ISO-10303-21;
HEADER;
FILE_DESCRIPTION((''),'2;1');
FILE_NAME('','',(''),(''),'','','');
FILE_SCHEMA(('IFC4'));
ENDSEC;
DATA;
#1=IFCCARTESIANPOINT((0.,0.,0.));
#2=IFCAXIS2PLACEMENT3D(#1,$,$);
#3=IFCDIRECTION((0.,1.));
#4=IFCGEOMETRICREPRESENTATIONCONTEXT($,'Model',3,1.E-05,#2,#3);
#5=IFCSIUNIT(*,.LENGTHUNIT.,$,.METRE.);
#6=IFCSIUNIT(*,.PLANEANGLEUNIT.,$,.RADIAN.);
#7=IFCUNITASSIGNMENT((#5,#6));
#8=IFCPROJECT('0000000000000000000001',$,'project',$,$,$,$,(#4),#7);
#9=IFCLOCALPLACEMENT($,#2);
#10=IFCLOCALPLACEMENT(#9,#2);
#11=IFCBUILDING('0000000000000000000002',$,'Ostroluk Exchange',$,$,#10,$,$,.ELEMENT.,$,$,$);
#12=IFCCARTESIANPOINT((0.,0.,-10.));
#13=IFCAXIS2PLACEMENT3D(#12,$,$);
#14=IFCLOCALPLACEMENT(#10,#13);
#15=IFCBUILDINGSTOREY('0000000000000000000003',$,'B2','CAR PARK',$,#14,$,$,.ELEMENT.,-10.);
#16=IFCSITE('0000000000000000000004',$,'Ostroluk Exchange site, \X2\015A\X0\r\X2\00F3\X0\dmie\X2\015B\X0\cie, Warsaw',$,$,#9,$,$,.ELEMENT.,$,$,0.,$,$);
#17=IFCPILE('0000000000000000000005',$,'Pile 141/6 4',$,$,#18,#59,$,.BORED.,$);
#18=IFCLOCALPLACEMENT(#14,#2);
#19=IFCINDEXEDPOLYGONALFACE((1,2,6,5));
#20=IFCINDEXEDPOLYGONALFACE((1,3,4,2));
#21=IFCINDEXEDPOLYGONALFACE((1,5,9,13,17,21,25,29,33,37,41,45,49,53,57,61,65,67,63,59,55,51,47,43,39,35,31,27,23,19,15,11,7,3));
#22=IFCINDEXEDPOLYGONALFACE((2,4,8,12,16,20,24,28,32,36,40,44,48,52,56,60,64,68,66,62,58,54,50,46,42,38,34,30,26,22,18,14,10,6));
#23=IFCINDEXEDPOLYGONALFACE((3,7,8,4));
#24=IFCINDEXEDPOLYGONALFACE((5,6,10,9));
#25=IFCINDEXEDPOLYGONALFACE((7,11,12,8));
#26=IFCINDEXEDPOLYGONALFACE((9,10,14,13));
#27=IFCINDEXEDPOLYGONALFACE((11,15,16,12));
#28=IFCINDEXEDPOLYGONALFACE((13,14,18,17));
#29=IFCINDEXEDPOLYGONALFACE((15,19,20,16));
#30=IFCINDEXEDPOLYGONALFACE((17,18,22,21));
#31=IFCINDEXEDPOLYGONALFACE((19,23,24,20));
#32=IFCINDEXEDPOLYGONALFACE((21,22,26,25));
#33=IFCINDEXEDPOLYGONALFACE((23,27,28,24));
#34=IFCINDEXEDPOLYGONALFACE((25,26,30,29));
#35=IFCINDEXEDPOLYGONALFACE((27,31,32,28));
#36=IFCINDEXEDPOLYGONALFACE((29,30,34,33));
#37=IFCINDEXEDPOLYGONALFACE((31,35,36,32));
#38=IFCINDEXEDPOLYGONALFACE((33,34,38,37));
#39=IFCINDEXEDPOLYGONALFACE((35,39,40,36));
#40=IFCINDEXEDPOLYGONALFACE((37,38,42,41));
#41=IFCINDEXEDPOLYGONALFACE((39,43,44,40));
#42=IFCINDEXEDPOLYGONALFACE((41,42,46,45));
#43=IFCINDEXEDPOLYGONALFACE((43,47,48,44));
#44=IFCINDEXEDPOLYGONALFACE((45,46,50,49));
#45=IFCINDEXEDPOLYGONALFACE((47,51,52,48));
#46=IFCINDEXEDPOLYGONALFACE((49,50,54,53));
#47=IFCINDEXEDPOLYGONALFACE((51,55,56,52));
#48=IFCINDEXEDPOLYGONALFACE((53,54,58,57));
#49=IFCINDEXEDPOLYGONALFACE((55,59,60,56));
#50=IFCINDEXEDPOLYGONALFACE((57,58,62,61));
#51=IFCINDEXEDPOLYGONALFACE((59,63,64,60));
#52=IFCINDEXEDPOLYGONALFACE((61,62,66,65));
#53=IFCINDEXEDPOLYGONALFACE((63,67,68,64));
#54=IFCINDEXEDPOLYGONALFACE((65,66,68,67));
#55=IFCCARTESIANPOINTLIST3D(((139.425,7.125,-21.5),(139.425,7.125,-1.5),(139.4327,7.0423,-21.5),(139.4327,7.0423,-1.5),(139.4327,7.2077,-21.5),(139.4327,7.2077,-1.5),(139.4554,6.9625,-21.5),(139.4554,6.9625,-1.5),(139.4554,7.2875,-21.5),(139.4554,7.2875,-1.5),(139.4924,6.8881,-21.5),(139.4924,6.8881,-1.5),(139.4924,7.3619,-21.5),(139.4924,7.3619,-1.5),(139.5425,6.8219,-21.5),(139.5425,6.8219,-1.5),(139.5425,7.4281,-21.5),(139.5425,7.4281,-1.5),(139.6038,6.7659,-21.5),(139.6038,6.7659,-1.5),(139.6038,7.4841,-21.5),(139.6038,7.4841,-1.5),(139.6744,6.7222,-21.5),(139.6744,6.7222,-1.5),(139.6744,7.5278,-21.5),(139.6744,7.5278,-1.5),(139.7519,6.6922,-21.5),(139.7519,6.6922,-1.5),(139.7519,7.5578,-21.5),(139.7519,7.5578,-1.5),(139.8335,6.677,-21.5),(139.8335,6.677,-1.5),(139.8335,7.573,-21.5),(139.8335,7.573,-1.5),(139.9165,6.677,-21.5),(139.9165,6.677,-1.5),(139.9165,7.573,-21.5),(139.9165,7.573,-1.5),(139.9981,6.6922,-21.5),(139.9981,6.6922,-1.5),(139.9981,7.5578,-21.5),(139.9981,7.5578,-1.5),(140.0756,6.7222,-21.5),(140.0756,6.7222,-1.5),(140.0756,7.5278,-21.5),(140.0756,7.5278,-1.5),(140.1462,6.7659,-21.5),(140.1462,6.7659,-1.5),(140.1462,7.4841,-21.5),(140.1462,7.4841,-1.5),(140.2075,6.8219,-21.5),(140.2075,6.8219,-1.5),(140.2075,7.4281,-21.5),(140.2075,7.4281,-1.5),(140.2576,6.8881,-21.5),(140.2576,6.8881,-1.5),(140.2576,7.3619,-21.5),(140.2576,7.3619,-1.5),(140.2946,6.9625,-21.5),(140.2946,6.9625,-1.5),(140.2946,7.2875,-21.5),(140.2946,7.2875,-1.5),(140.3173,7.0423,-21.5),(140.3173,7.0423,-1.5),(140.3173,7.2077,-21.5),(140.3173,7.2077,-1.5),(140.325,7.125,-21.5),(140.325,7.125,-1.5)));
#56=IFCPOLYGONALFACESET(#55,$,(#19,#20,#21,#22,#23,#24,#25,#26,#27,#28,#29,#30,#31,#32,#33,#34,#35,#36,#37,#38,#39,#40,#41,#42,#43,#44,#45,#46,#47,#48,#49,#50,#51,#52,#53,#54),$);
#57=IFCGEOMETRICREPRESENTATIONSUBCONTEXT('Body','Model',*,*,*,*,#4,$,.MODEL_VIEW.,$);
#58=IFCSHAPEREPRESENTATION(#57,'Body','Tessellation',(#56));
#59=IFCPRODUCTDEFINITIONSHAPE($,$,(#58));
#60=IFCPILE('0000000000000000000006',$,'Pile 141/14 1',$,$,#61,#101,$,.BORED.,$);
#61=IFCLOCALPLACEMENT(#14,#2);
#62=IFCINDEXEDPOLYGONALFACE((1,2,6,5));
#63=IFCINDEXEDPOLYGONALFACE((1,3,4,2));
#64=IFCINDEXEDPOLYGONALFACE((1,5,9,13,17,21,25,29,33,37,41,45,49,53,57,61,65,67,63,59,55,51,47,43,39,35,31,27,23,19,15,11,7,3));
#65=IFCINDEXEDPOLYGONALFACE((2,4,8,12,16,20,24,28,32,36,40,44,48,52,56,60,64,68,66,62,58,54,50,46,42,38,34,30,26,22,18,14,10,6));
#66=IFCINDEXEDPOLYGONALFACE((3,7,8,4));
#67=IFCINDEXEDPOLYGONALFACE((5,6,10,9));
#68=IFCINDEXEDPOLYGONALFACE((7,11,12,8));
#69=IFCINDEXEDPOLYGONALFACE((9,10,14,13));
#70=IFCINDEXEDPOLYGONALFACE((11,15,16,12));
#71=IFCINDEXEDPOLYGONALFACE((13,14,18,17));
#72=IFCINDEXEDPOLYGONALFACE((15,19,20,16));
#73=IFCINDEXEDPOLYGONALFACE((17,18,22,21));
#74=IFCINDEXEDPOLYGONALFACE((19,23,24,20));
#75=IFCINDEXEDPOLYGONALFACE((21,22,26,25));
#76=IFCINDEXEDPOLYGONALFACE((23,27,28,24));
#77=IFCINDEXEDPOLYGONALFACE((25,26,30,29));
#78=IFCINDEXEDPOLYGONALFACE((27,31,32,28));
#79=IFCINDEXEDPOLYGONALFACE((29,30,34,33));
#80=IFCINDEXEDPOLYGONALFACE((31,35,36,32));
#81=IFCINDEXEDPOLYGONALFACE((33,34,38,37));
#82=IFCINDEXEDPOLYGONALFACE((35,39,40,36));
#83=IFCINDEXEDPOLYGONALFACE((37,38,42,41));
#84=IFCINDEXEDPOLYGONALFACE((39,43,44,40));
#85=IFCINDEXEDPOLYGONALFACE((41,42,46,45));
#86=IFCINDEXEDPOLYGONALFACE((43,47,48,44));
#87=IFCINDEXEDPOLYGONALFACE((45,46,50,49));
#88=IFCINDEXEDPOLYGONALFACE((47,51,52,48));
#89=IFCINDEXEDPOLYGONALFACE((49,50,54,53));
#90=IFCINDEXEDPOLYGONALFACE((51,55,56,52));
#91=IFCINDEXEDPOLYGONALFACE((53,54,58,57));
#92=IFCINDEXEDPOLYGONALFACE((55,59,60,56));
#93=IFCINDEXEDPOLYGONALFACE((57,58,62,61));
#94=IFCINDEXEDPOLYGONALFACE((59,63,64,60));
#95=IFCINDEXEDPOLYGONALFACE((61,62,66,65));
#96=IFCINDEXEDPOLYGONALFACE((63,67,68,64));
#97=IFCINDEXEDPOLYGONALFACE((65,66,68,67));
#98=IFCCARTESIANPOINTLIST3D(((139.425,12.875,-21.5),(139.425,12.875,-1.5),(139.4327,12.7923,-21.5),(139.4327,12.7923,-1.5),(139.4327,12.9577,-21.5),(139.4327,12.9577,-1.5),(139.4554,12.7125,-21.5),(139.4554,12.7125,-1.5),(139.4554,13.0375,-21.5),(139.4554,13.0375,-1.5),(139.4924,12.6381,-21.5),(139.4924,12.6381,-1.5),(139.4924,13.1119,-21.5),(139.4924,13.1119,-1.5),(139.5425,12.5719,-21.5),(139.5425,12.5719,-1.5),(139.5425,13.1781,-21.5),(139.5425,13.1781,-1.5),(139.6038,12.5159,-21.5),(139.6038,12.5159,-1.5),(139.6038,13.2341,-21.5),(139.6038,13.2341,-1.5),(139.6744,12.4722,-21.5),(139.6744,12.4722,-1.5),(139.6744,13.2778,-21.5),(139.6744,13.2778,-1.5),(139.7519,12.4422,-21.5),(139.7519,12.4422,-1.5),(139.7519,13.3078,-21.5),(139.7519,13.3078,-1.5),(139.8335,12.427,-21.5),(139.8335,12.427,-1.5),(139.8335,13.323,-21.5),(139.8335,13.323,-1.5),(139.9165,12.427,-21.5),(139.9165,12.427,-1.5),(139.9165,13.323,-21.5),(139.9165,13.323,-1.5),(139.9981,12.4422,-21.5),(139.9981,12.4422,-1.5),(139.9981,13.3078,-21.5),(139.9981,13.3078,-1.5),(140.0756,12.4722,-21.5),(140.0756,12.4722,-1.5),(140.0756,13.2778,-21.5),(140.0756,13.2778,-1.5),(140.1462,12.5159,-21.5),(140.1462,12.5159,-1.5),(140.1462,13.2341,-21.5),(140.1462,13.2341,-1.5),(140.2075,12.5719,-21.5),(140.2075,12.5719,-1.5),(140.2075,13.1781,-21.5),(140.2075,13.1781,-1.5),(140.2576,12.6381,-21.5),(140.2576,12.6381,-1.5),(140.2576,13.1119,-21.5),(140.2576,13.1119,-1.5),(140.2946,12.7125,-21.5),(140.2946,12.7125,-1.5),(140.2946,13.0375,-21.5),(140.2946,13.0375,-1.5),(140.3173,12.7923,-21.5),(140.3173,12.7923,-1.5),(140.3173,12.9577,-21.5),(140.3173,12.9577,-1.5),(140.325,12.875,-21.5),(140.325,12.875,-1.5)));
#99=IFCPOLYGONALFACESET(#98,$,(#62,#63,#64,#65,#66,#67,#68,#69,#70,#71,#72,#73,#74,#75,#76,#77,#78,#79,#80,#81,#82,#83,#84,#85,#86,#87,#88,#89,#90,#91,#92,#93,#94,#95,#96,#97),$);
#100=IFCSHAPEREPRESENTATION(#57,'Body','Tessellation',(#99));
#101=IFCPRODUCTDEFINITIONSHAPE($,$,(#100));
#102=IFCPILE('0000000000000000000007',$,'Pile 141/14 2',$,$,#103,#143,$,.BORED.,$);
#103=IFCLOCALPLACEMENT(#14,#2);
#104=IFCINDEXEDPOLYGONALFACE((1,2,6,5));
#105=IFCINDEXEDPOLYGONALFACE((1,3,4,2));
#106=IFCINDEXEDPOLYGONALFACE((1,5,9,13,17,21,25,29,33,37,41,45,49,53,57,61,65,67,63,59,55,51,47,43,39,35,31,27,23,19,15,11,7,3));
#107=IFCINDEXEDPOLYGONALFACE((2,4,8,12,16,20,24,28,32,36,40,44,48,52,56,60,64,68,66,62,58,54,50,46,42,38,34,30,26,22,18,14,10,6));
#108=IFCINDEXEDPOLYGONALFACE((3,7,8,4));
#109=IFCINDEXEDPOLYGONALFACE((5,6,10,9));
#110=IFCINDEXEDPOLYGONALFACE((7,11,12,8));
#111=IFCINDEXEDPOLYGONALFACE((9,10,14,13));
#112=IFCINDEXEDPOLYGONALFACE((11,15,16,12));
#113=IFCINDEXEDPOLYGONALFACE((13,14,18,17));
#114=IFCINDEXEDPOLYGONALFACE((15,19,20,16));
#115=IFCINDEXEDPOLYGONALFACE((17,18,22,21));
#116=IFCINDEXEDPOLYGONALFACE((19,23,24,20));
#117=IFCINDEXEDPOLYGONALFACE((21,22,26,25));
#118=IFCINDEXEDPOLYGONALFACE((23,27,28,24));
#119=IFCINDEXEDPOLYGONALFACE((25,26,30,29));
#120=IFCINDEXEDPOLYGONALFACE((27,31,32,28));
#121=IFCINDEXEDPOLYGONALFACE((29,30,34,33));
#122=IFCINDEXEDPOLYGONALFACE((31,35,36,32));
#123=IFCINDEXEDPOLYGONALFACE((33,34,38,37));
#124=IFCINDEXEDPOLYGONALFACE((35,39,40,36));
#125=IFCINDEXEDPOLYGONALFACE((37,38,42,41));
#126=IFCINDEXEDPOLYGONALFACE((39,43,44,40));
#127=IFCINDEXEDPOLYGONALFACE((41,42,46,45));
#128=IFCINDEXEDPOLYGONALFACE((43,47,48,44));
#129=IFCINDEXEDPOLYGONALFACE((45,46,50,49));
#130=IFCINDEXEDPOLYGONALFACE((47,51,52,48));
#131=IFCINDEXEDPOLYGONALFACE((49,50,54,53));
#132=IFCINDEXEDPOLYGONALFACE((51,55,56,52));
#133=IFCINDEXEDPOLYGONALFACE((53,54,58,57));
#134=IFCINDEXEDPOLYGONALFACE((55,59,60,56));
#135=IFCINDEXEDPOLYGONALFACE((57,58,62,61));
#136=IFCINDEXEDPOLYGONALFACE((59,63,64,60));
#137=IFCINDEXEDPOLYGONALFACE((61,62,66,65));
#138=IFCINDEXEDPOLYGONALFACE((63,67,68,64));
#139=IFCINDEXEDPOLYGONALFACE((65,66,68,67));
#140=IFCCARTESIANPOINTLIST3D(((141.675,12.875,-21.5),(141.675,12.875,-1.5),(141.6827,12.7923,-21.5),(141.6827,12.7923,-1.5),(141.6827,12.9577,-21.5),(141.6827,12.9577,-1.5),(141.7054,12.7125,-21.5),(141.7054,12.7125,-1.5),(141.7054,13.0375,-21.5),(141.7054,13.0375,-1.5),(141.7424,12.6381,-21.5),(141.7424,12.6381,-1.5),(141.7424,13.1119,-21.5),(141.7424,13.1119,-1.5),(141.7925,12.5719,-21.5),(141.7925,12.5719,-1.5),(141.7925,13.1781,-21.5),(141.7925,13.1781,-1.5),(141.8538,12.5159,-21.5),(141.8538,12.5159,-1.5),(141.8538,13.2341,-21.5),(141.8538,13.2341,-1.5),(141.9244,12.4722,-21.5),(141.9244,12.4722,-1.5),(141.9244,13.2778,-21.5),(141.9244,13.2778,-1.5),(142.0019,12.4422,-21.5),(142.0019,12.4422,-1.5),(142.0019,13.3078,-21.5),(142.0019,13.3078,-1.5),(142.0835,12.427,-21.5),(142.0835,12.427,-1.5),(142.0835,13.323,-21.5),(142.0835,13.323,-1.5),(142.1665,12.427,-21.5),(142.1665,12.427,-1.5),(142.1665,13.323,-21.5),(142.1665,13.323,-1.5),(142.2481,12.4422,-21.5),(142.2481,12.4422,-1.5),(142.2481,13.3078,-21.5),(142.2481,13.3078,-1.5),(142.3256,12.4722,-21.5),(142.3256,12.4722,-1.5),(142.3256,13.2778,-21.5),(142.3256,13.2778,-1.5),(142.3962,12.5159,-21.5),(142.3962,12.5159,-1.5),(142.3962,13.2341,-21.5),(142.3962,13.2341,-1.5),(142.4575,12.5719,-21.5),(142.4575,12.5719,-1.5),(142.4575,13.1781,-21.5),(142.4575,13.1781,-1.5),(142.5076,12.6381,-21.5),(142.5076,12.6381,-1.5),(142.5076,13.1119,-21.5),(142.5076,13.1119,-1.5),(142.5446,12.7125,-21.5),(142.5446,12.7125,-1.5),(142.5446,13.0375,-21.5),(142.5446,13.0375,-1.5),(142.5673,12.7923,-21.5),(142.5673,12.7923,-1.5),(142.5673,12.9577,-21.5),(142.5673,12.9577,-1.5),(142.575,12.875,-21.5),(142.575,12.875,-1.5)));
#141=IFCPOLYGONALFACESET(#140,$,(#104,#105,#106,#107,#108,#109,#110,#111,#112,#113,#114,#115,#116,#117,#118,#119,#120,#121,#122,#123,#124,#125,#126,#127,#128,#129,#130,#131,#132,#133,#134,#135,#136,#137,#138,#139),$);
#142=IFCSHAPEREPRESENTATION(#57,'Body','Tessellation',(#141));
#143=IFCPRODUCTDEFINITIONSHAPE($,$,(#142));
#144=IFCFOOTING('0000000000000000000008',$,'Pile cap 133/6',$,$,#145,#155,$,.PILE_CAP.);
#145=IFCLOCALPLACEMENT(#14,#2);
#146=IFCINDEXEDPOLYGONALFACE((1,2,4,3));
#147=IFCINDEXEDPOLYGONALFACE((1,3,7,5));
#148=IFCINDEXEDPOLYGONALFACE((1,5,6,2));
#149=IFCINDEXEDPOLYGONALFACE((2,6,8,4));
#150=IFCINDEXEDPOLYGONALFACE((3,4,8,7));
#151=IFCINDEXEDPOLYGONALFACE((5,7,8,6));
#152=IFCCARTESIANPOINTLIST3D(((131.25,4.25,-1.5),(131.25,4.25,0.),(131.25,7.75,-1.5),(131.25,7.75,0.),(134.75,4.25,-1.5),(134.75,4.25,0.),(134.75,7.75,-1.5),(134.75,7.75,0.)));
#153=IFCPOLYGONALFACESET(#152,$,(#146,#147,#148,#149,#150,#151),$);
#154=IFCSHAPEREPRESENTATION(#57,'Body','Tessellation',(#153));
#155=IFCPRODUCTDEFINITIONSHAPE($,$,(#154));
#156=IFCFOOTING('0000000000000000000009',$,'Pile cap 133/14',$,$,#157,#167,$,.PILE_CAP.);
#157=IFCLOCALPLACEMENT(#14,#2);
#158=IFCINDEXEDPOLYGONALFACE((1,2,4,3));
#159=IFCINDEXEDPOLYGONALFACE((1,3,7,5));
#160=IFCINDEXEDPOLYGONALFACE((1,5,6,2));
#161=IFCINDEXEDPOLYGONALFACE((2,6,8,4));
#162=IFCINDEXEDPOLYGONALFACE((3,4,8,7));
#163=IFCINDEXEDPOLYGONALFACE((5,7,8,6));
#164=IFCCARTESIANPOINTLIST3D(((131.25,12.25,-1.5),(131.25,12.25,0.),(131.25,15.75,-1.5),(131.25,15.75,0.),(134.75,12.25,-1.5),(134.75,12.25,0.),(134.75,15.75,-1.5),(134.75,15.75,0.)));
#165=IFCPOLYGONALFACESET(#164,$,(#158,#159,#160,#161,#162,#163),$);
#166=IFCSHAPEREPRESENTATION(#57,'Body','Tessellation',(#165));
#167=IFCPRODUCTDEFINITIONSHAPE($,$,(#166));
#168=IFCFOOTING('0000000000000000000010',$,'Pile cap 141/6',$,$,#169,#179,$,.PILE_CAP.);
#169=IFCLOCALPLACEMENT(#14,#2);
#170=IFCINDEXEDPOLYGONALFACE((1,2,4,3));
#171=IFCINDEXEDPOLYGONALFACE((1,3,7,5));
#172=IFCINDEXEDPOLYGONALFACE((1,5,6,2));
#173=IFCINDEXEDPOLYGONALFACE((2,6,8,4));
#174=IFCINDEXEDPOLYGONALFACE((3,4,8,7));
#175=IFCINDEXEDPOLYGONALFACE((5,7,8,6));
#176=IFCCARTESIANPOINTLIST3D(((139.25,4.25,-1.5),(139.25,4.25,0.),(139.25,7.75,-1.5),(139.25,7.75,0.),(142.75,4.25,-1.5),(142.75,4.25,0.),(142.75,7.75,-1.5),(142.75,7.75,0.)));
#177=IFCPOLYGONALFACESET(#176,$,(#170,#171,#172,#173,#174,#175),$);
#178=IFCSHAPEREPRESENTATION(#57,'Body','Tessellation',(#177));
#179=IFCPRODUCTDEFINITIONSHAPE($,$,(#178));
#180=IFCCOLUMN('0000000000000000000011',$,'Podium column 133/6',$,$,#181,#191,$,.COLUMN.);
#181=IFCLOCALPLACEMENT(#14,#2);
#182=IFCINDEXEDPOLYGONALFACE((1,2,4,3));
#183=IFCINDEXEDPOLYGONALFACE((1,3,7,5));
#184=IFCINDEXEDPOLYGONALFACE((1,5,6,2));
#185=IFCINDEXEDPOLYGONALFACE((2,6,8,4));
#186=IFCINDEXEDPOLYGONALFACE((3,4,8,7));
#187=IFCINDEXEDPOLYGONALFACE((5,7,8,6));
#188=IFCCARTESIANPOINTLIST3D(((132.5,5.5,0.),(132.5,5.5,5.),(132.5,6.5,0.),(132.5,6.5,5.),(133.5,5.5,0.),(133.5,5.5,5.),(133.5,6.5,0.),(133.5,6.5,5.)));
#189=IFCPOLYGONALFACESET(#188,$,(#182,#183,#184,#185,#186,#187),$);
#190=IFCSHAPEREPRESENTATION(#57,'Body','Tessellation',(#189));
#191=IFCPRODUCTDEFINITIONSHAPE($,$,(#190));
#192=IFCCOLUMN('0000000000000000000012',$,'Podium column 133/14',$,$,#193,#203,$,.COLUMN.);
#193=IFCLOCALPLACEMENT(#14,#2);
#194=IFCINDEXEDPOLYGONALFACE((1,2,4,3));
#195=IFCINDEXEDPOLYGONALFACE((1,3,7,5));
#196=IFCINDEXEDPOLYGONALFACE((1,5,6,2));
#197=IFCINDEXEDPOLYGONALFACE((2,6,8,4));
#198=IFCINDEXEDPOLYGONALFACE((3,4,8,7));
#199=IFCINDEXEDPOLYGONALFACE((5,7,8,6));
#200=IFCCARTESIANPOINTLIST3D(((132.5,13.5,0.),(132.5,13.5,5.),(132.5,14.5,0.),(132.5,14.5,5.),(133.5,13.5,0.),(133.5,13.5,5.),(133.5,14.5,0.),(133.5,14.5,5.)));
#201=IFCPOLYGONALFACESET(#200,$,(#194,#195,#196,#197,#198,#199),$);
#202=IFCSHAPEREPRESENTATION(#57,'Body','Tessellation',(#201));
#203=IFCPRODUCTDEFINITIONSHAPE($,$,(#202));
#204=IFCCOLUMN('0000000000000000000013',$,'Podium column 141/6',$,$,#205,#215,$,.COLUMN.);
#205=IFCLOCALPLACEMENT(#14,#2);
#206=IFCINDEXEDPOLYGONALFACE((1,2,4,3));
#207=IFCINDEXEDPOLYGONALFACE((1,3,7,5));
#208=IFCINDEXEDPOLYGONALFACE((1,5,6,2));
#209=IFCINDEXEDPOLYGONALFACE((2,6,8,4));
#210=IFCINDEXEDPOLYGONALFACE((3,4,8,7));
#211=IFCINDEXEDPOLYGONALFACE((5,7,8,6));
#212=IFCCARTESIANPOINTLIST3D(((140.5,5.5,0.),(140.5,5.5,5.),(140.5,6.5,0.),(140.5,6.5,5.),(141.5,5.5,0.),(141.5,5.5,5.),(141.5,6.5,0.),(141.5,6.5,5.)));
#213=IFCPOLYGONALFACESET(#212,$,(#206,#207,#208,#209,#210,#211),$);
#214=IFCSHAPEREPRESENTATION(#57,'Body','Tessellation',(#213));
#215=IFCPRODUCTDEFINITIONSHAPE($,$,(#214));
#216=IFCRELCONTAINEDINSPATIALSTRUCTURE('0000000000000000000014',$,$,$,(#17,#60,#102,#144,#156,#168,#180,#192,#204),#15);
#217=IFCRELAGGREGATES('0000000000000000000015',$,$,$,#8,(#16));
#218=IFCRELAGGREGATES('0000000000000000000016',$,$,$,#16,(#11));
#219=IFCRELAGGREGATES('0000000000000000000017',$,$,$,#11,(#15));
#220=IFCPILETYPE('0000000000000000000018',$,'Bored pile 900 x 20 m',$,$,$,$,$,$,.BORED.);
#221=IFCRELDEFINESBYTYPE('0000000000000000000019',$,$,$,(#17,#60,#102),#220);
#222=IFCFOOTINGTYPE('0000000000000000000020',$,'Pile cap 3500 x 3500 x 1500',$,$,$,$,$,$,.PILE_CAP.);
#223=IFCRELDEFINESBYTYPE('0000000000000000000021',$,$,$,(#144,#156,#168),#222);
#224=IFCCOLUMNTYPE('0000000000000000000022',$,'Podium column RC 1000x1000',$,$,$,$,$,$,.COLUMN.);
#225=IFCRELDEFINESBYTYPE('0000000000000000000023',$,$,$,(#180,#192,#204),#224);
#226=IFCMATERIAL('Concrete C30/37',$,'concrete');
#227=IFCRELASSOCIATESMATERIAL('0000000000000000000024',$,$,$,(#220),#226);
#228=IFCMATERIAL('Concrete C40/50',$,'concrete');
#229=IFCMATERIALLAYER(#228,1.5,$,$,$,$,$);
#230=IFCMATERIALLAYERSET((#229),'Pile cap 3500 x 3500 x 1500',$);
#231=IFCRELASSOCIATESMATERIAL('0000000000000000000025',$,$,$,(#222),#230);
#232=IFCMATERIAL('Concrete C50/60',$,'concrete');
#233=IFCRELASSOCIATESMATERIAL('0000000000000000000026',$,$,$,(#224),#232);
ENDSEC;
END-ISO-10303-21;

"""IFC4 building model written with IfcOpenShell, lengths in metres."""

from ifc_helpers import new_model, si_unit, direction, frame, origin, origin_2d, place, context, subcontext, project, spatial, rectangle, circle, extrude, material, layer, layer_set, material_profile, profile_set, type_object, element, save


model = new_model("IFC4")

# Units and contexts
model_context = context("Model", 3, precision=1e-05, world=origin(), true_north=direction((0.0, 1.0)))
body_context = subcontext(model_context, "Body", "Model", "MODEL_VIEW")
ifc_project = project(units=[si_unit("LENGTHUNIT", "METRE"), si_unit("PLANEANGLEUNIT", "RADIAN")], contexts=[model_context])

# Site, building, storey
site_placement = place(None, origin())
site = spatial("IfcSite", under=ifc_project, at=site_placement, Name="Ostroluk Exchange site, Śródmieście, Warsaw", CompositionType="ELEMENT", RefElevation=0.0)
building_placement = place(site_placement, origin())
building = spatial("IfcBuilding", under=site, at=building_placement, Name="Ostroluk Exchange", CompositionType="ELEMENT")
storey_placement = place(building_placement, frame((0.0, 0.0, -10.0)))
storey = spatial("IfcBuildingStorey", under=building, at=storey_placement, Name="B2", Description="CAR PARK", CompositionType="ELEMENT", Elevation=-10.0)

# Piles
ifc_material_1 = material(Name="Concrete C30/37", Category="concrete")
pile_type = type_object("IfcPileType", Name="Bored pile 900 x 20 m", PredefinedType="BORED", material=ifc_material_1)
for number, where, z_axis, x_axis, name in (
    (1, (139.875, 7.125, -1.5), (0.0, 0.0, -1.0), (1.0, 0.0, 0.0), "Pile 141/6 4"),
    (2, (139.875, 12.875, -1.5), (0.0, 0.0, -1.0), (1.0, 0.0, 0.0), "Pile 141/14 1"),
    (3, (142.125, 12.875, -1.5), (0.0, 0.0, -1.0), (1.0, 0.0, 0.0), "Pile 141/14 2"),
):
    element("IfcPile", number, at=place(storey_placement, frame(where, z_axis=z_axis, x_axis=x_axis)), inside=storey, type_object=pile_type, Name=name, PredefinedType="BORED", context=body_context, shape_type="SweptSolid", body=[
        extrude(circle(Radius=0.45, at=origin_2d()), origin(), (0.0, 0.0, 1.0), 20.0),
    ])

# Footings
ifc_material_2 = material(Name="Concrete C40/50", Category="concrete")
ifc_layer_1 = layer(ifc_material_2, 1.5)
ifc_layer_set_1 = layer_set([ifc_layer_1], Name="Pile cap 3500 x 3500 x 1500")
footing_type = type_object("IfcFootingType", Name="Pile cap 3500 x 3500 x 1500", PredefinedType="PILE_CAP", material=ifc_layer_set_1)
for number, where, z_axis, x_axis, name in (
    (4, (133.0, 6.0, -1.5), (0.0, 0.0, 1.0), (1.0, 0.0, 0.0), "Pile cap 133/6"),
    (5, (133.0, 14.0, -1.5), (0.0, 0.0, 1.0), (1.0, 0.0, 0.0), "Pile cap 133/14"),
    (6, (141.0, 6.0, -1.5), (0.0, 0.0, 1.0), (1.0, 0.0, 0.0), "Pile cap 141/6"),
):
    element("IfcFooting", number, at=place(storey_placement, frame(where, z_axis=z_axis, x_axis=x_axis)), inside=storey, type_object=footing_type, Name=name, PredefinedType="PILE_CAP", context=body_context, shape_type="SweptSolid", body=[
        extrude(rectangle(XDim=3.5, YDim=3.5, at=origin_2d()), origin(), (0.0, 0.0, 1.0), 1.5),
    ])

# Columns
ifc_material_3 = material(Name="Concrete C50/60", Category="concrete")
ifc_material_profile = material_profile(ifc_material_3, rectangle(XDim=1.0, YDim=1.0, at=origin_2d()), Name="RC 1000x1000")
ifc_profile_set = profile_set([ifc_material_profile], Name="Concrete C50/60")
column_type = type_object("IfcColumnType", Name="Podium column RC 1000x1000", PredefinedType="COLUMN", material=ifc_profile_set)
for number, where, z_axis, x_axis, name in (
    (7, (133.0, 6.0, 0.0), (0.0, 0.0, 1.0), (1.0, 0.0, 0.0), "Podium column 133/6"),
    (8, (133.0, 14.0, 0.0), (0.0, 0.0, 1.0), (1.0, 0.0, 0.0), "Podium column 133/14"),
    (9, (141.0, 6.0, 0.0), (0.0, 0.0, 1.0), (1.0, 0.0, 0.0), "Podium column 141/6"),
):
    element("IfcColumn", number, at=place(storey_placement, frame(where, z_axis=z_axis, x_axis=x_axis)), inside=storey, type_object=column_type, Name=name, PredefinedType="COLUMN", context=body_context, shape_type="SweptSolid", body=[
        extrude(rectangle(XDim=1.0, YDim=1.0, at=origin_2d()), origin(), (0.0, 0.0, 1.0), 5.0),
    ])

save(model, "model.ifc")
